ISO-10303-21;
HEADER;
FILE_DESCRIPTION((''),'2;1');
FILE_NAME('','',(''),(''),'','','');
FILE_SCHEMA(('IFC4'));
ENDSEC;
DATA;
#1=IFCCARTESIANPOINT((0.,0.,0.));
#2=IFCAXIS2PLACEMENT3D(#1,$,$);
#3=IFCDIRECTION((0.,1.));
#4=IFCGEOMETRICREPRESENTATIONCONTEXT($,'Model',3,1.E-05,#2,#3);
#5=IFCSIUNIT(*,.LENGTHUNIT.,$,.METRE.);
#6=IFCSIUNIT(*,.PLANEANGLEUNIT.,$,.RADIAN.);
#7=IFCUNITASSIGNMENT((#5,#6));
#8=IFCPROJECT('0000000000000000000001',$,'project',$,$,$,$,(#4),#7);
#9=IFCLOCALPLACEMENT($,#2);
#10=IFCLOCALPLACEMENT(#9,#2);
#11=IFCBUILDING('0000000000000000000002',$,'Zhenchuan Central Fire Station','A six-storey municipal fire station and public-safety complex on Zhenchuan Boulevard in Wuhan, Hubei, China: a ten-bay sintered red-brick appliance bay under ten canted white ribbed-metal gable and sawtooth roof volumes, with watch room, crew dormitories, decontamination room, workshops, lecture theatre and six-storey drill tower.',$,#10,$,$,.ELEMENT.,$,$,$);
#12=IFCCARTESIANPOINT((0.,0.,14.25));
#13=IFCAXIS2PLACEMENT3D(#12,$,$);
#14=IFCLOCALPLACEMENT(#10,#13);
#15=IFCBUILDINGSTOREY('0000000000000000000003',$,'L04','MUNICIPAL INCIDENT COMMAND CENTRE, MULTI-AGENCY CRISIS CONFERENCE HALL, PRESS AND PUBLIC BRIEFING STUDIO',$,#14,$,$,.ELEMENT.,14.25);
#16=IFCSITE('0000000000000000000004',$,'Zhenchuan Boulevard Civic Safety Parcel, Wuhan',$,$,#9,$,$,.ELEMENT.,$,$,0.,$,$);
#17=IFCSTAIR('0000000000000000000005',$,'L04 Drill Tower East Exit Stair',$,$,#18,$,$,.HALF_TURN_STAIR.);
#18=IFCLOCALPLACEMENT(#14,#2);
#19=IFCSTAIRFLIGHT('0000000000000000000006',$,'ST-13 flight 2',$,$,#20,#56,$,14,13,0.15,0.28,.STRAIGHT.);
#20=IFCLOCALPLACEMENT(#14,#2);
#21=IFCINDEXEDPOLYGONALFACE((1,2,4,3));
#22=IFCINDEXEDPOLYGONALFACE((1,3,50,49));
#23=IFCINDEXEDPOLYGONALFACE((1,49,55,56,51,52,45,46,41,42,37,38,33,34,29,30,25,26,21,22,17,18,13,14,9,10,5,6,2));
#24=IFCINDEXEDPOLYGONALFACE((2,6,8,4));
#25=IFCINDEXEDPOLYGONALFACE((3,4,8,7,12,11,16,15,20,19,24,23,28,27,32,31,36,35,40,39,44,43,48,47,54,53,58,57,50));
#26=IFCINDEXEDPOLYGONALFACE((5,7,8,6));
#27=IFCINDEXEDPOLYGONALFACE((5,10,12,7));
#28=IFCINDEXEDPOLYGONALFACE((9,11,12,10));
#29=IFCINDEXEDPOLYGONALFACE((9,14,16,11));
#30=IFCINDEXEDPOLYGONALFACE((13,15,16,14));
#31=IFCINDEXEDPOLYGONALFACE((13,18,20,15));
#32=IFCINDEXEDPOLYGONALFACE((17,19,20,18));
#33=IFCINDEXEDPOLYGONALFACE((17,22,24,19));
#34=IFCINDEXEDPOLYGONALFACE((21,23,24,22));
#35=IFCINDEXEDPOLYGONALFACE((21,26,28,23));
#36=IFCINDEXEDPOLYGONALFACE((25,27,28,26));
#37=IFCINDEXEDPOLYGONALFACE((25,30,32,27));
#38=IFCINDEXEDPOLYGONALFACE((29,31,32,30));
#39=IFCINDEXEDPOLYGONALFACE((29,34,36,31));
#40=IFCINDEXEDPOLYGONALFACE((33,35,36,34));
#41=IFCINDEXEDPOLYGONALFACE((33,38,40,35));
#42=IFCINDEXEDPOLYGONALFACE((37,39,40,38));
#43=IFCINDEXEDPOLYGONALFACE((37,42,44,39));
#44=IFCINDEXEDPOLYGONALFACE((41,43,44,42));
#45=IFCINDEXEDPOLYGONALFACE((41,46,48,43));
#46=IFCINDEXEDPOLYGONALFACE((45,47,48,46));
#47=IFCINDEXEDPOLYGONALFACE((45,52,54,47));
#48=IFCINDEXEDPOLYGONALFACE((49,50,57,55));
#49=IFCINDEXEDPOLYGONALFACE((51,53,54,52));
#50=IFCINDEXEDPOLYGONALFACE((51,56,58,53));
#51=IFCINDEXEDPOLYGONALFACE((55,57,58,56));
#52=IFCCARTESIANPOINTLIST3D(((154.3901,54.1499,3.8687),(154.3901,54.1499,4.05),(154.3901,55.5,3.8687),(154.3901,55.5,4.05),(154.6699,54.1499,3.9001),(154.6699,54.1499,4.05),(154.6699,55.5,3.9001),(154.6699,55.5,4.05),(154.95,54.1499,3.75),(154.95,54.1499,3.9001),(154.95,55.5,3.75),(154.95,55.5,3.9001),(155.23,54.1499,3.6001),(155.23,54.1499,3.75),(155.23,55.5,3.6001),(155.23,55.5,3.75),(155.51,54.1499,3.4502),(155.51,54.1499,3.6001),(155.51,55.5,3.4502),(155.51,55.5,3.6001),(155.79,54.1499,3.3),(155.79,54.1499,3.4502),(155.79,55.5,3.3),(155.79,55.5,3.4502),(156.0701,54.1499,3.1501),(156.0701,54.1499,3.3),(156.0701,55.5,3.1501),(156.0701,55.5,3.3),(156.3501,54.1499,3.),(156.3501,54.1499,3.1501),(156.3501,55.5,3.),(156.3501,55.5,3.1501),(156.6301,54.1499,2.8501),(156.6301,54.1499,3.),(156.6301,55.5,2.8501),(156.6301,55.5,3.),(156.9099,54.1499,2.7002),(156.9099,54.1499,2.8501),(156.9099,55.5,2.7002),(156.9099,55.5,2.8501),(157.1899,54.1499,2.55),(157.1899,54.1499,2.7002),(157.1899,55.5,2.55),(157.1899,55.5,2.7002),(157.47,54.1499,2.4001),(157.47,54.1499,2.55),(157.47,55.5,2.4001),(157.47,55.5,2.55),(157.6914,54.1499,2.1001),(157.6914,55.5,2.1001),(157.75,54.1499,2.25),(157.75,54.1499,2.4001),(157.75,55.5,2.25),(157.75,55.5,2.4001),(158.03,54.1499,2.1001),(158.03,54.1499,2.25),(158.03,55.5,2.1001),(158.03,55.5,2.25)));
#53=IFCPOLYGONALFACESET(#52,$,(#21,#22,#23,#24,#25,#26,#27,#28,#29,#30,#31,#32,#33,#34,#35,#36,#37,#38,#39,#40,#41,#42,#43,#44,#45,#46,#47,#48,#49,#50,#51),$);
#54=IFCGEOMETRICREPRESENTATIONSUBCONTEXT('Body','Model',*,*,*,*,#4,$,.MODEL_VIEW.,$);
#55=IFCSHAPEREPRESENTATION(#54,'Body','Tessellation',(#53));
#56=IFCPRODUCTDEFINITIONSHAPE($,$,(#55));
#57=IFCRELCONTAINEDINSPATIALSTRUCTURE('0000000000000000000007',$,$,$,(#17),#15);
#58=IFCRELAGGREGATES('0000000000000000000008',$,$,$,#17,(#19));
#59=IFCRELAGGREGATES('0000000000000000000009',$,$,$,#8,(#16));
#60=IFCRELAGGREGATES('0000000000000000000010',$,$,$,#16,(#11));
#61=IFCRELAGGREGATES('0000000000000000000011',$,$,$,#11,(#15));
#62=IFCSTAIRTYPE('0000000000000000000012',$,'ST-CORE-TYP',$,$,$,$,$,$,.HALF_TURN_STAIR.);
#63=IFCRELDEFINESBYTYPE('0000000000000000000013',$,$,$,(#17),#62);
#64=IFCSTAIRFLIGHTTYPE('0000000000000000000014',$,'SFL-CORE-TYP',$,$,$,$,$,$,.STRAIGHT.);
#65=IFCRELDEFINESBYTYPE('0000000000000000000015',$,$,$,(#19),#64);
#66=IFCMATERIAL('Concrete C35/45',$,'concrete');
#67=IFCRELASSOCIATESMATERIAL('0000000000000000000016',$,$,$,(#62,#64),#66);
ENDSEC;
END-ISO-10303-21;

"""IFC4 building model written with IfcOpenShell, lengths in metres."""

from ifc_helpers import new_model, si_unit, direction, frame, origin, place, context, subcontext, project, spatial, polyline, outline, extrude, material, type_object, element, aggregate, save


model = new_model("IFC4")

# Units and contexts
model_context = context("Model", 3, precision=1e-05, world=origin(), true_north=direction((0.0, 1.0)))
body_context = subcontext(model_context, "Body", "Model", "MODEL_VIEW")
ifc_project = project(units=[si_unit("LENGTHUNIT", "METRE"), si_unit("PLANEANGLEUNIT", "RADIAN")], contexts=[model_context])

# Site, building, storey
site_placement = place(None, origin())
site = spatial("IfcSite", under=ifc_project, at=site_placement, Name="Zhenchuan Boulevard Civic Safety Parcel, Wuhan", CompositionType="ELEMENT", RefElevation=0.0)
building_placement = place(site_placement, origin())
building = spatial("IfcBuilding", under=site, at=building_placement, Name="Zhenchuan Central Fire Station", Description="A six-storey municipal fire station and public-safety complex on Zhenchuan Boulevard in Wuhan, Hubei, China: a ten-bay sintered red-brick appliance bay under ten canted white ribbed-metal gable and sawtooth roof volumes, with watch room, crew dormitories, decontamination room, workshops, lecture theatre and six-storey drill tower.", CompositionType="ELEMENT")
storey_placement = place(building_placement, frame((0.0, 0.0, 14.25)))
storey = spatial("IfcBuildingStorey", under=building, at=storey_placement, Name="L04", Description="MUNICIPAL INCIDENT COMMAND CENTRE, MULTI-AGENCY CRISIS CONFERENCE HALL, PRESS AND PUBLIC BRIEFING STUDIO", CompositionType="ELEMENT", Elevation=14.25)

# Stair, stair flight
ifc_material_1 = material(Name="Concrete C35/45", Category="concrete")
stair_type = type_object("IfcStairType", Name="ST-CORE-TYP", PredefinedType="HALF_TURN_STAIR", material=ifc_material_1)
stair_placement = place(storey_placement, origin())
stair = element("IfcStair", 1, at=stair_placement, inside=storey, type_object=stair_type, Name="L04 Drill Tower East Exit Stair", PredefinedType="HALF_TURN_STAIR")
stair_flight_type = type_object("IfcStairFlightType", Name="SFL-CORE-TYP", PredefinedType="STRAIGHT", material=ifc_material_1)
stair_flight_1_placement = place(storey_placement, frame((158.03, 54.825, 2.1001), z_axis=(0.0, 0.0, 1.0), x_axis=(-1.0, 0.0, 0.0)))
stair_flight_1 = element("IfcStairFlight", 2, at=stair_flight_1_placement, type_object=stair_flight_type, Name="ST-13 flight 2", NumberOfRisers=14, NumberOfTreads=13, PredefinedType="STRAIGHT", RiserHeight=0.15, TreadLength=0.28, context=body_context, shape_type="SweptSolid", body=[
    extrude(outline(polyline([(0.0, 0.0), (0.0, 0.1499), (0.28, 0.1499), (0.28, 0.3), (0.5601, 0.3), (0.5601, 0.45), (0.8401, 0.45), (0.8401, 0.6001), (1.1201, 0.6001), (1.1201, 0.75), (1.3999, 0.75), (1.3999, 0.8999), (1.6799, 0.8999), (1.6799, 1.05), (1.96, 1.05), (1.96, 1.2), (2.24, 1.2), (2.24, 1.3501), (2.52, 1.3501), (2.52, 1.5), (2.8, 1.5), (2.8, 1.6499), (3.0801, 1.6499), (3.0801, 1.8), (3.3601, 1.8), (3.3601, 1.95), (3.6399, 1.95), (3.6399, 2.1001), (3.6399, 1.7686), (0.3386, 0.0), (0.0, 0.0)])), frame((0.0, 0.675, 0.0), z_axis=(0.0, -1.0, 0.0), x_axis=(1.0, 0.0, 0.0)), (0.0, 0.0, 1.0), 1.3501),
])
aggregate(stair, [stair_flight_1])

save(model, "model.ifc")
